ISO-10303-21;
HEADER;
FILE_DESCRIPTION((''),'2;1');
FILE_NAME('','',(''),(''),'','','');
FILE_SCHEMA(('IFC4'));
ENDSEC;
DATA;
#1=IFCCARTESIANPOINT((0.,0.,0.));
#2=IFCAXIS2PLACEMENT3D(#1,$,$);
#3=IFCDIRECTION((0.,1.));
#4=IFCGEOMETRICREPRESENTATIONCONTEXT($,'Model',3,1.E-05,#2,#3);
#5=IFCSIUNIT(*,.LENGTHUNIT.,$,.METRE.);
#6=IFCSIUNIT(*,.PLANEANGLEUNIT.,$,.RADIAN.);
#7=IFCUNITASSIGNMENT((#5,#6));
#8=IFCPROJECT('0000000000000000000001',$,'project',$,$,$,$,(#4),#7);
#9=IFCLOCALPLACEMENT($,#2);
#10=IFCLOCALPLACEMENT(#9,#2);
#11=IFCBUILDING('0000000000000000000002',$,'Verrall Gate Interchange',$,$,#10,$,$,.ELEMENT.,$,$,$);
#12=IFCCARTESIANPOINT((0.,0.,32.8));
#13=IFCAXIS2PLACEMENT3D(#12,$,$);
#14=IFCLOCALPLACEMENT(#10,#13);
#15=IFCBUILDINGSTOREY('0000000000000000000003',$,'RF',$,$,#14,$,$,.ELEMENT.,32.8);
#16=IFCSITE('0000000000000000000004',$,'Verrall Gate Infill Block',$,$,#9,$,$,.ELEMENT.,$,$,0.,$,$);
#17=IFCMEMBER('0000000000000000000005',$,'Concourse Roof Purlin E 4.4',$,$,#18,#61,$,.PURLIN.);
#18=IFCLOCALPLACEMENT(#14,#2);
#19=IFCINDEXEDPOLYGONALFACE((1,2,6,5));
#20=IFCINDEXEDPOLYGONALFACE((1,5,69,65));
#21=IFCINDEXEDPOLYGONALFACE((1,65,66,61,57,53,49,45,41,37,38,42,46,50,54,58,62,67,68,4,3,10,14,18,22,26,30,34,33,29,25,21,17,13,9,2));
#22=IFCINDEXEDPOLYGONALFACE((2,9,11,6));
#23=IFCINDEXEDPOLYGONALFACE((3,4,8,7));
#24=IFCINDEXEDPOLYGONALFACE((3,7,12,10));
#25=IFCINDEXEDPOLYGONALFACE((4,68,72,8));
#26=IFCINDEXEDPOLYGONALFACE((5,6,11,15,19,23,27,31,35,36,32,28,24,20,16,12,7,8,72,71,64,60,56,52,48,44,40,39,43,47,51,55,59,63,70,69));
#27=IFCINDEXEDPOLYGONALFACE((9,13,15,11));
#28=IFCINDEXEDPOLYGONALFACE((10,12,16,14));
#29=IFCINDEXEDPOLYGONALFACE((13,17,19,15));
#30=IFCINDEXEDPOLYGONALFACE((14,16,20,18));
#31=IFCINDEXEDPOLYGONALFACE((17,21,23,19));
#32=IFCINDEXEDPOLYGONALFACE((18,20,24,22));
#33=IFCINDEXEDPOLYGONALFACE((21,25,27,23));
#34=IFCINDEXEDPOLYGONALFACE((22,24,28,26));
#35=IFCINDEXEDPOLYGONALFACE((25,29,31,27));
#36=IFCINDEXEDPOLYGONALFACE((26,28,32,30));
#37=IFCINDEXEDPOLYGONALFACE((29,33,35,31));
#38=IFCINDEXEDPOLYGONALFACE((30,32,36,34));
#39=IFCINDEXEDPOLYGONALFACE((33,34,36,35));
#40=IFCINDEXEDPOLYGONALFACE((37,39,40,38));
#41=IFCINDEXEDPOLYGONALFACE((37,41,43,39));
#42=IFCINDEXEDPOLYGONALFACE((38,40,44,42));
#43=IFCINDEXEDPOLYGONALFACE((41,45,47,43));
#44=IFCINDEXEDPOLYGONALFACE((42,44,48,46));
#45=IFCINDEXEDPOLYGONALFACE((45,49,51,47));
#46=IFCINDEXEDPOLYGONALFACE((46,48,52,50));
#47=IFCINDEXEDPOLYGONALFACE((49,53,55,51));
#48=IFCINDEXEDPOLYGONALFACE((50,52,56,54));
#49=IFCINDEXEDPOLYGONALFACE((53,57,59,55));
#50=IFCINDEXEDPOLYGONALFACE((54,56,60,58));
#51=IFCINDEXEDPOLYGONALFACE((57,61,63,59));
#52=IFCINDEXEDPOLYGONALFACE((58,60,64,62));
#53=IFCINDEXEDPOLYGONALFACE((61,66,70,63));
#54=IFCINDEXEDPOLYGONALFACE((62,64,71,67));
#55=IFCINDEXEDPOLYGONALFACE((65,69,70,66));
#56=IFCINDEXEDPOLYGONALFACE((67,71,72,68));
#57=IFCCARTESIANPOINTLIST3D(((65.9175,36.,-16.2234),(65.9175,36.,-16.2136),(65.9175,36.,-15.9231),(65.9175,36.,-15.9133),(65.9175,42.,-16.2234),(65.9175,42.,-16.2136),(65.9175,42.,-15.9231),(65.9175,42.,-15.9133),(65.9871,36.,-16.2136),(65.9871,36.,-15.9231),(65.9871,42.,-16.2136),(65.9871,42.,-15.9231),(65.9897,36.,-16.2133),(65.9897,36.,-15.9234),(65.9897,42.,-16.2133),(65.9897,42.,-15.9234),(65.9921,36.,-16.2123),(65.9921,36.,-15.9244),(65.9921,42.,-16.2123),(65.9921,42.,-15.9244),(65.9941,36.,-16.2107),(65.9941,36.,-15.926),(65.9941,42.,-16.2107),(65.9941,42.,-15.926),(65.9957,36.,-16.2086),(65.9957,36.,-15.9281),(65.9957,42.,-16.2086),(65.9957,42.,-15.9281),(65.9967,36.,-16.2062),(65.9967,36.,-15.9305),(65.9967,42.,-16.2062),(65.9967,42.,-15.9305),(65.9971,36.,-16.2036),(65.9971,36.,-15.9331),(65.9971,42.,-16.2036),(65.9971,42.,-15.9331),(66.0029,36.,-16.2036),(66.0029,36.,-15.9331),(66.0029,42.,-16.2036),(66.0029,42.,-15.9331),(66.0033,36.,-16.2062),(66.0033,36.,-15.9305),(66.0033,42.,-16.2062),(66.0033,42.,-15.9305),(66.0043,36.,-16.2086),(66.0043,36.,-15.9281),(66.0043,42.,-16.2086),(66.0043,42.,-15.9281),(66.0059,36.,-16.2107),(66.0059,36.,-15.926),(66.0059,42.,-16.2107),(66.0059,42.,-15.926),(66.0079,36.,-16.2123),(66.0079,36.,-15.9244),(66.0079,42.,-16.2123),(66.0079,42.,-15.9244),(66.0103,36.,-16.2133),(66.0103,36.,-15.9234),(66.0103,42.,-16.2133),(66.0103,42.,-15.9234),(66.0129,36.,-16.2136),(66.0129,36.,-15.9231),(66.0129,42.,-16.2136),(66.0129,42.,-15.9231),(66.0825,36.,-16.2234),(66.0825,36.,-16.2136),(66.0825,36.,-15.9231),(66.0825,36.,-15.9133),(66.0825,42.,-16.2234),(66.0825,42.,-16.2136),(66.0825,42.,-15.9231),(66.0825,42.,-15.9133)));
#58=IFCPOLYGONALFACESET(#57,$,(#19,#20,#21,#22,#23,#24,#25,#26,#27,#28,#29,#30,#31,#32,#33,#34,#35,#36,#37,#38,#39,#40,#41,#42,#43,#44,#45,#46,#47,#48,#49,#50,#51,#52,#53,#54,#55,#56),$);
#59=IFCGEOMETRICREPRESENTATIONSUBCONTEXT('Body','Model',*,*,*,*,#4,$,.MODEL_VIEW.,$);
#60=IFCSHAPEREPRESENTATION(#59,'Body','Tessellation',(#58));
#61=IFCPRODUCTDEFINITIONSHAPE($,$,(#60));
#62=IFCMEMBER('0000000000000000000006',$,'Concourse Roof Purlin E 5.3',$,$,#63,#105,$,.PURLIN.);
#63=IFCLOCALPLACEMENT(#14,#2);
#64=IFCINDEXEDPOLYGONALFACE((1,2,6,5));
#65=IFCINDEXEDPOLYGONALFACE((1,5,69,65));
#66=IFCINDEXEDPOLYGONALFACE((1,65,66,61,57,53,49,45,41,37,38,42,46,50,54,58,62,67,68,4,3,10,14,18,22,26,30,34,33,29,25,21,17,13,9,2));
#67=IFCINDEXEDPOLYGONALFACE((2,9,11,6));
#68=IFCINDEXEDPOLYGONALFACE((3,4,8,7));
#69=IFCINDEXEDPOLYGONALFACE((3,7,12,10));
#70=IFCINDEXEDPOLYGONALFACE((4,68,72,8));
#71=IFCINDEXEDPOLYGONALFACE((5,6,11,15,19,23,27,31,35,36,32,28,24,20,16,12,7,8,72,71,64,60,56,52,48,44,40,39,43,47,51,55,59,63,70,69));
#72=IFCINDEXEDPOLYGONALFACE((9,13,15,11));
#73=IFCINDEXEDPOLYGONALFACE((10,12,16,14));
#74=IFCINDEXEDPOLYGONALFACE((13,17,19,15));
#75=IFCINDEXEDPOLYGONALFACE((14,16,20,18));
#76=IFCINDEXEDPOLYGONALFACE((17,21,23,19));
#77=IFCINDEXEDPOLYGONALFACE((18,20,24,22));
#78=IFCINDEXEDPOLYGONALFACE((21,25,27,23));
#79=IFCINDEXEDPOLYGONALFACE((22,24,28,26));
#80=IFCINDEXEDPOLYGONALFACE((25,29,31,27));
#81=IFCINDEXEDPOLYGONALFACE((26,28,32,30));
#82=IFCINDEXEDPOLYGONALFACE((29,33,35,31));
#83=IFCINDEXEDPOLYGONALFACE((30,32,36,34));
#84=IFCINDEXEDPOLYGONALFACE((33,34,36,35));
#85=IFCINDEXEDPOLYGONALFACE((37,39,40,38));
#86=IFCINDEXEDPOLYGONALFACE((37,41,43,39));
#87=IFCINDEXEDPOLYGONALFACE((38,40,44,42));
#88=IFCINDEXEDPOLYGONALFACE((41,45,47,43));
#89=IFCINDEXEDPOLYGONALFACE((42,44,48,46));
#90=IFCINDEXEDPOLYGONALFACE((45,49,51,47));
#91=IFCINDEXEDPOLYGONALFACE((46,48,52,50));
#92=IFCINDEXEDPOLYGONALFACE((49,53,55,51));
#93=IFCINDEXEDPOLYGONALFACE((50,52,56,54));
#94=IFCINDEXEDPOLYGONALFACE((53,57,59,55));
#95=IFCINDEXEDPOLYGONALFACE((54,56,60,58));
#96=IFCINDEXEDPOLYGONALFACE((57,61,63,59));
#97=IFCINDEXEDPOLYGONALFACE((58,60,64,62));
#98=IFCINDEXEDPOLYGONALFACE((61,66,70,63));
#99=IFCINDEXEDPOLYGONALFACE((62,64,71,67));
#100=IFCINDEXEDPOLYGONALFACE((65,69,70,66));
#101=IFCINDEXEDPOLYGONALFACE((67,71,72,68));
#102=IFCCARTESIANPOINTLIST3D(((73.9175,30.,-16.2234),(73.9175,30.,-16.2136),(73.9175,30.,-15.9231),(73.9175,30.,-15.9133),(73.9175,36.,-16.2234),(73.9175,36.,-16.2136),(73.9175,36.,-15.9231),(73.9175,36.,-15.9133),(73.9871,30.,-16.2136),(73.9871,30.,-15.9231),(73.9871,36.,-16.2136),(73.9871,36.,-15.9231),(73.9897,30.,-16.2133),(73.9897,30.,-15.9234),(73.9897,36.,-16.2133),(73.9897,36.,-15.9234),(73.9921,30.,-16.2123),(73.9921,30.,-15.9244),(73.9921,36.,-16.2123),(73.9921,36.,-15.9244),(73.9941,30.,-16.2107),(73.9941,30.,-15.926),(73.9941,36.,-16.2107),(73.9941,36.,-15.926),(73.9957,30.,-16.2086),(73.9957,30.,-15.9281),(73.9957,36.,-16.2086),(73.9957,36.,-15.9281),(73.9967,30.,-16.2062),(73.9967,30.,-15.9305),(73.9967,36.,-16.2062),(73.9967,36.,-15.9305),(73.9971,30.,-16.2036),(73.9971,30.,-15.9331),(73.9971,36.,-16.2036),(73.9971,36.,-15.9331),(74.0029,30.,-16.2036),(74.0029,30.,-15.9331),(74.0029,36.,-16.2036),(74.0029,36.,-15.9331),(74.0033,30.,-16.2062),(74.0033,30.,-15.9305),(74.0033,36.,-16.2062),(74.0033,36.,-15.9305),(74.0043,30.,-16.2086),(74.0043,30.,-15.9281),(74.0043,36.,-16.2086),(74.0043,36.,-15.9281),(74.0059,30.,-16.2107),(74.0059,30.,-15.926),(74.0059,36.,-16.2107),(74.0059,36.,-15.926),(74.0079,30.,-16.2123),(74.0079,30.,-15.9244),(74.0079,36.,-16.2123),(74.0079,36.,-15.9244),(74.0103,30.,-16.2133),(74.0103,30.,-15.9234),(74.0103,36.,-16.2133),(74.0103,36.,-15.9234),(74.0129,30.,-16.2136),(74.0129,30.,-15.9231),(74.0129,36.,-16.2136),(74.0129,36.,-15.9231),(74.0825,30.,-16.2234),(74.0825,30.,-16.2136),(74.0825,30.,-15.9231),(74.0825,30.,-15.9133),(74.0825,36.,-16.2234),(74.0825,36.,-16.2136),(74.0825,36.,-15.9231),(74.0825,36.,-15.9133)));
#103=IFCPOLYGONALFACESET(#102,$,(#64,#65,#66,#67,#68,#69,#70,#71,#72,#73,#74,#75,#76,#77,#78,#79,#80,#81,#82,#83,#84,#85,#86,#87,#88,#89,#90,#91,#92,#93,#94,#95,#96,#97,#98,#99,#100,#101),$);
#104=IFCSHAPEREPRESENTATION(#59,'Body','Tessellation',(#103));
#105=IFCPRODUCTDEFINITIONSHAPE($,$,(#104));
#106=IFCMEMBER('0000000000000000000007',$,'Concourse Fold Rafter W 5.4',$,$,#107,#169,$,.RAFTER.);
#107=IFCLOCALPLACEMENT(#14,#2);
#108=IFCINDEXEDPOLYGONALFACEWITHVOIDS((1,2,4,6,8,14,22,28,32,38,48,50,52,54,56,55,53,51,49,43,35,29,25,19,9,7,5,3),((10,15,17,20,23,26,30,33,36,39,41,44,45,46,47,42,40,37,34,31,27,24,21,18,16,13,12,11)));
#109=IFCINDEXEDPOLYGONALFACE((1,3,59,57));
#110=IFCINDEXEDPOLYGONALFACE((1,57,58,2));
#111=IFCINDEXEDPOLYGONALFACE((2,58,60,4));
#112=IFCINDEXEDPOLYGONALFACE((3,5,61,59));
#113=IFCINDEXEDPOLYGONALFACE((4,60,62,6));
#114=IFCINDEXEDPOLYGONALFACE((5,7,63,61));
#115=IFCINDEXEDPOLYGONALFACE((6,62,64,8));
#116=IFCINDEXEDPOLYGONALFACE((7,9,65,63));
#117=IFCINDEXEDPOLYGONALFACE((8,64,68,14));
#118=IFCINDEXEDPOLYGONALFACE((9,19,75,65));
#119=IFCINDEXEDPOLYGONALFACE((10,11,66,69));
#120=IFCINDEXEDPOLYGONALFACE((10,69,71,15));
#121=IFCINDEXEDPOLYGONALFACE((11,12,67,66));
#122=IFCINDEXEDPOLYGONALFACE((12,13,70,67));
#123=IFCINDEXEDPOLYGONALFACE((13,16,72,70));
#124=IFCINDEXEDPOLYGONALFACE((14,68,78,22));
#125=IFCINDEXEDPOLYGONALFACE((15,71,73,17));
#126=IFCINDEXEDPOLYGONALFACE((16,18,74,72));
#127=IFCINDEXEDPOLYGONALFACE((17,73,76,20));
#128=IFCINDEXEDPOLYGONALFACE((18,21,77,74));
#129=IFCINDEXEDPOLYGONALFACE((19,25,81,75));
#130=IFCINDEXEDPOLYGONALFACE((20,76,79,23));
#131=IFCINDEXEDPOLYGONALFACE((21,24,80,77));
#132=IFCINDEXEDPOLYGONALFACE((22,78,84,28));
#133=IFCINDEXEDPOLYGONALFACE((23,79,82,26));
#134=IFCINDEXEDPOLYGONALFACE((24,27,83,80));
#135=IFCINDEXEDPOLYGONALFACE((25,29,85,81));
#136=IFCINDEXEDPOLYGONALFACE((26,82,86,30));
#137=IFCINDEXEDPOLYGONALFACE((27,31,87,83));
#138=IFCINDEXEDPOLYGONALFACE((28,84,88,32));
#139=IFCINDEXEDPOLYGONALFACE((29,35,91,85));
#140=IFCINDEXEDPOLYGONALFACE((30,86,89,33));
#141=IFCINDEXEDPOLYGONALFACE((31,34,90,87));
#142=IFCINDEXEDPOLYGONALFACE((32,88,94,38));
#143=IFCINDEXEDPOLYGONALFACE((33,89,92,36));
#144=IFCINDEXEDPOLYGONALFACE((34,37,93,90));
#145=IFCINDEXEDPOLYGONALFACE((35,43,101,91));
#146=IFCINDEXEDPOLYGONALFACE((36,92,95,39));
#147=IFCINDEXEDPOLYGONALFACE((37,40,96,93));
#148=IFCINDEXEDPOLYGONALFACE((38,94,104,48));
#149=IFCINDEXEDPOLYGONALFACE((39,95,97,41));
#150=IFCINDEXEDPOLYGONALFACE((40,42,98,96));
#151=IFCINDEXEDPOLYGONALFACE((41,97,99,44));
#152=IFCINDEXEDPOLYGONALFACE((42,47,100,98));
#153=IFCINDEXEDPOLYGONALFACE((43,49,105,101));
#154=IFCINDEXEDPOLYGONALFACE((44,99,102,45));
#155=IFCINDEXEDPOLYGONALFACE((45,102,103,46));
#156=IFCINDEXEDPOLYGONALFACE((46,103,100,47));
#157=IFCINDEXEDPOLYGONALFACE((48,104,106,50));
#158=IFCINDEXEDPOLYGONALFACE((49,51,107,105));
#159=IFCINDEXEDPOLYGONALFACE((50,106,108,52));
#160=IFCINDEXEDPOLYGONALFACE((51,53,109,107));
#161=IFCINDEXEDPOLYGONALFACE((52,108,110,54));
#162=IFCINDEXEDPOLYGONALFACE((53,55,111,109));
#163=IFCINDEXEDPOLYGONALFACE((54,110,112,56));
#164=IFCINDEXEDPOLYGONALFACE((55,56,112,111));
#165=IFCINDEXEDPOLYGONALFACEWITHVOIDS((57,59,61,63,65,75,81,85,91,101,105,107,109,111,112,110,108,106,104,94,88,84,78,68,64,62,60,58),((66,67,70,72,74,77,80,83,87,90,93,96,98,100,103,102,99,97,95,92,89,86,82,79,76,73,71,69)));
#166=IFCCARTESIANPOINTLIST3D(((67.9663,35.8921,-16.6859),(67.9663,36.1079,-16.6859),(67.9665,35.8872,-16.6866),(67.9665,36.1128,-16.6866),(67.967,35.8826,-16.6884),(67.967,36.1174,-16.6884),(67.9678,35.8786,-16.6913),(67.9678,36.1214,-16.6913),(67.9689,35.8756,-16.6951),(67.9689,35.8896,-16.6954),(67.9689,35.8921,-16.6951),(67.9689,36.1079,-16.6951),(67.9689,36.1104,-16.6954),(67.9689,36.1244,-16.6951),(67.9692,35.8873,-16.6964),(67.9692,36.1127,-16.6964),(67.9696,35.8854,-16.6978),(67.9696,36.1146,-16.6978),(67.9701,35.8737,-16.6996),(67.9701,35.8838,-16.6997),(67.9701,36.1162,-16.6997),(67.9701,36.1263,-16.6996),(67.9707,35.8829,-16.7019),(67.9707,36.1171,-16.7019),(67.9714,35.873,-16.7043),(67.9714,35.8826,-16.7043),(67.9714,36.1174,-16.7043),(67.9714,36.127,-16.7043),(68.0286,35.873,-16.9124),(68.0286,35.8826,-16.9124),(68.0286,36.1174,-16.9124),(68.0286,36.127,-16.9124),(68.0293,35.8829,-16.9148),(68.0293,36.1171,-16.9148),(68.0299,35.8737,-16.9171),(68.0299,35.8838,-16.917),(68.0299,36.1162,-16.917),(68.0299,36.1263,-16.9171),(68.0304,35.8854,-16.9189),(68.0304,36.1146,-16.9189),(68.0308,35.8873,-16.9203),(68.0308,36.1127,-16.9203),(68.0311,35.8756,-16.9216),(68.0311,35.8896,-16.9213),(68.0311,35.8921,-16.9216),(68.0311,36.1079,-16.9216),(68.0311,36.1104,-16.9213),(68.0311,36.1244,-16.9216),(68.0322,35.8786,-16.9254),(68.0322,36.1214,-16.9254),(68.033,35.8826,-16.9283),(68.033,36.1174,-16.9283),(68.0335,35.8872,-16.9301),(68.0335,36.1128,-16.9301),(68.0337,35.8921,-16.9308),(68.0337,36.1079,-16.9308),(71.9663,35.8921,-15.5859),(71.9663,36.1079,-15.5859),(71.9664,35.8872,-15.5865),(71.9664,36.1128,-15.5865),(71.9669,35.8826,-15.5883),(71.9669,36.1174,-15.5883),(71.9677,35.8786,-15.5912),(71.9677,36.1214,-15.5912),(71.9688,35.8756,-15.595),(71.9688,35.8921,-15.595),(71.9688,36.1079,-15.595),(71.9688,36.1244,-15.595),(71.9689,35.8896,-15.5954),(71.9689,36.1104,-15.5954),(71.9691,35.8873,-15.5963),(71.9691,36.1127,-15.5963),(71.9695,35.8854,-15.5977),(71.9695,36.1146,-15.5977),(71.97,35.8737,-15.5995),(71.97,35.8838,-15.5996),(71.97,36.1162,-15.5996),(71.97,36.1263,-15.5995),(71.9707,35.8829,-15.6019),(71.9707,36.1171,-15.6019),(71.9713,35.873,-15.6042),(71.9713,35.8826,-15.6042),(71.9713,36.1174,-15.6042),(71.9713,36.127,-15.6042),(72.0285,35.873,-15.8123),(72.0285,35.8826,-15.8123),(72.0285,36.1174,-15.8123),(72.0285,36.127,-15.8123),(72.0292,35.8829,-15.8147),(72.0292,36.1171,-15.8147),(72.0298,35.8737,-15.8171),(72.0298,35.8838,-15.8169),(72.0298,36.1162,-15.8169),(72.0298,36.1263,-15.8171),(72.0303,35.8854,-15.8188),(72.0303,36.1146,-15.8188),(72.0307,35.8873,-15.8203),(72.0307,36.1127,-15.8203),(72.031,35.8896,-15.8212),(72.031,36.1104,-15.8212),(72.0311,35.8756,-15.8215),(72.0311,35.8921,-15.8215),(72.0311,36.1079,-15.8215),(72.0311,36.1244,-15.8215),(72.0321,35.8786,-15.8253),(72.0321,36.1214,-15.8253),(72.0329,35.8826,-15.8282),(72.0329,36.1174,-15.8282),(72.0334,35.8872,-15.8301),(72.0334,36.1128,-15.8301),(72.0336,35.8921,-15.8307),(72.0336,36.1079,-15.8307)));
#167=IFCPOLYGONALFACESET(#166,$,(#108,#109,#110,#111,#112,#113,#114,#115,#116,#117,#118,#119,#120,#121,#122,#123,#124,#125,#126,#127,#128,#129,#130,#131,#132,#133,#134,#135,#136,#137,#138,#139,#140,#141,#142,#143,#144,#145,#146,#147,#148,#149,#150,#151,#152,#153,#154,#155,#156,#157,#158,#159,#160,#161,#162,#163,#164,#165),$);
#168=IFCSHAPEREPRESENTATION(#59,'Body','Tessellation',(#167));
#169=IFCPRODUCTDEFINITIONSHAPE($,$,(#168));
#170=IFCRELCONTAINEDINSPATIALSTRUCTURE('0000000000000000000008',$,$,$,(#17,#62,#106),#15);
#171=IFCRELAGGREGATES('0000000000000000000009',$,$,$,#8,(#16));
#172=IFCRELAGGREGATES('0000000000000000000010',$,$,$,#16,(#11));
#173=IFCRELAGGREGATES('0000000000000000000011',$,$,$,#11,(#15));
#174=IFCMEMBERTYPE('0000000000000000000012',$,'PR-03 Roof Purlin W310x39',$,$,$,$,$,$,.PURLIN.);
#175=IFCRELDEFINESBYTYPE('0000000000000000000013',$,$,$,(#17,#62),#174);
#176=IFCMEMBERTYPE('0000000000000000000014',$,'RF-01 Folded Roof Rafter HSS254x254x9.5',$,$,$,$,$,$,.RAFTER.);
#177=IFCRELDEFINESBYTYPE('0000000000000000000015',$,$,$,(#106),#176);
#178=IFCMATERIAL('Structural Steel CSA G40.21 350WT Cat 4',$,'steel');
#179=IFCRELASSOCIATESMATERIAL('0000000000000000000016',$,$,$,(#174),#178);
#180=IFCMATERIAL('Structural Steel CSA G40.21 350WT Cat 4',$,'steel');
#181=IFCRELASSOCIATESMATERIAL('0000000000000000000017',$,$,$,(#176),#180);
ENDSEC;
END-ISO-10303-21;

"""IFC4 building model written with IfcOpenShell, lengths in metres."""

from ifc_helpers import new_model, si_unit, direction, frame, origin, origin_2d, place, context, subcontext, project, spatial, hollow_rectangle, i_section, extrude, material, material_profile, profile_set, type_object, element, save


model = new_model("IFC4")

# Units and contexts
model_context = context("Model", 3, precision=1e-05, world=origin(), true_north=direction((0.0, 1.0)))
body_context = subcontext(model_context, "Body", "Model", "MODEL_VIEW")
ifc_project = project(units=[si_unit("LENGTHUNIT", "METRE"), si_unit("PLANEANGLEUNIT", "RADIAN")], contexts=[model_context])

# Site, building, storey
site_placement = place(None, origin())
site = spatial("IfcSite", under=ifc_project, at=site_placement, Name="Verrall Gate Infill Block", CompositionType="ELEMENT", RefElevation=0.0)
building_placement = place(site_placement, origin())
building = spatial("IfcBuilding", under=site, at=building_placement, Name="Verrall Gate Interchange", CompositionType="ELEMENT")
storey_placement = place(building_placement, frame((0.0, 0.0, 32.8)))
storey = spatial("IfcBuildingStorey", under=building, at=storey_placement, Name="RF", CompositionType="ELEMENT", Elevation=32.8)

# Members
ifc_material_1 = material(Name="Structural Steel CSA G40.21 350WT Cat 4", Category="steel")
ifc_material_profile_1 = material_profile(ifc_material_1, i_section(OverallWidth=0.165, OverallDepth=0.3101, WebThickness=0.0059, FlangeThickness=0.0098, FilletRadius=0.01, at=origin_2d()), Name="W310x39")
ifc_profile_set_1 = profile_set([ifc_material_profile_1], Name="Structural Steel CSA G40.21 350WT Cat 4")
member_type_1 = type_object("IfcMemberType", Name="PR-03 Roof Purlin W310x39", PredefinedType="PURLIN", material=ifc_profile_set_1)
for number, where, z_axis, x_axis, name in (
    (1, (66.0, 36.0, -16.0684), (0.0, 1.0, 0.0), (-1.0, 0.0, 0.0), "Concourse Roof Purlin E 4.4"),
    (2, (74.0, 30.0, -16.0684), (0.0, 1.0, 0.0), (-1.0, 0.0, 0.0), "Concourse Roof Purlin E 5.3"),
):
    element("IfcMember", number, at=place(storey_placement, frame(where, z_axis=z_axis, x_axis=x_axis)), inside=storey, type_object=member_type_1, Name=name, PredefinedType="PURLIN", context=body_context, shape_type="SweptSolid", body=[
        extrude(i_section(OverallWidth=0.165, OverallDepth=0.3101, WebThickness=0.0059, FlangeThickness=0.0098, FilletRadius=0.01, at=origin_2d()), origin(), (0.0, 0.0, 1.0), 6.0),
    ])
ifc_material_2 = material(Name="Structural Steel CSA G40.21 350WT Cat 4", Category="steel")
ifc_material_profile_2 = material_profile(ifc_material_2, hollow_rectangle(XDim=0.2539, YDim=0.2539, WallThickness=0.0095, InnerFilletRadius=0.0095, OuterFilletRadius=0.019, at=origin_2d()), Name="HSS254x254x9.5")
ifc_profile_set_2 = profile_set([ifc_material_profile_2], Name="Structural Steel CSA G40.21 350WT Cat 4")
member_type_2 = type_object("IfcMemberType", Name="RF-01 Folded Roof Rafter HSS254x254x9.5", PredefinedType="RAFTER", material=ifc_profile_set_2)
for number, where, z_axis, x_axis, name in (
    (3, (68.0, 36.0, -16.8083), (0.964199, 0.0, 0.265178), (0.0, 1.0, 0.0), "Concourse Fold Rafter W 5.4"),
):
    element("IfcMember", number, at=place(storey_placement, frame(where, z_axis=z_axis, x_axis=x_axis)), inside=storey, type_object=member_type_2, Name=name, PredefinedType="RAFTER", context=body_context, shape_type="SweptSolid", body=[
        extrude(hollow_rectangle(XDim=0.2539, YDim=0.2539, WallThickness=0.0095, InnerFilletRadius=0.0095, OuterFilletRadius=0.019, at=origin_2d()), origin(), (0.0, 0.0, 1.0), 4.1484),
    ])

save(model, "model.ifc")
